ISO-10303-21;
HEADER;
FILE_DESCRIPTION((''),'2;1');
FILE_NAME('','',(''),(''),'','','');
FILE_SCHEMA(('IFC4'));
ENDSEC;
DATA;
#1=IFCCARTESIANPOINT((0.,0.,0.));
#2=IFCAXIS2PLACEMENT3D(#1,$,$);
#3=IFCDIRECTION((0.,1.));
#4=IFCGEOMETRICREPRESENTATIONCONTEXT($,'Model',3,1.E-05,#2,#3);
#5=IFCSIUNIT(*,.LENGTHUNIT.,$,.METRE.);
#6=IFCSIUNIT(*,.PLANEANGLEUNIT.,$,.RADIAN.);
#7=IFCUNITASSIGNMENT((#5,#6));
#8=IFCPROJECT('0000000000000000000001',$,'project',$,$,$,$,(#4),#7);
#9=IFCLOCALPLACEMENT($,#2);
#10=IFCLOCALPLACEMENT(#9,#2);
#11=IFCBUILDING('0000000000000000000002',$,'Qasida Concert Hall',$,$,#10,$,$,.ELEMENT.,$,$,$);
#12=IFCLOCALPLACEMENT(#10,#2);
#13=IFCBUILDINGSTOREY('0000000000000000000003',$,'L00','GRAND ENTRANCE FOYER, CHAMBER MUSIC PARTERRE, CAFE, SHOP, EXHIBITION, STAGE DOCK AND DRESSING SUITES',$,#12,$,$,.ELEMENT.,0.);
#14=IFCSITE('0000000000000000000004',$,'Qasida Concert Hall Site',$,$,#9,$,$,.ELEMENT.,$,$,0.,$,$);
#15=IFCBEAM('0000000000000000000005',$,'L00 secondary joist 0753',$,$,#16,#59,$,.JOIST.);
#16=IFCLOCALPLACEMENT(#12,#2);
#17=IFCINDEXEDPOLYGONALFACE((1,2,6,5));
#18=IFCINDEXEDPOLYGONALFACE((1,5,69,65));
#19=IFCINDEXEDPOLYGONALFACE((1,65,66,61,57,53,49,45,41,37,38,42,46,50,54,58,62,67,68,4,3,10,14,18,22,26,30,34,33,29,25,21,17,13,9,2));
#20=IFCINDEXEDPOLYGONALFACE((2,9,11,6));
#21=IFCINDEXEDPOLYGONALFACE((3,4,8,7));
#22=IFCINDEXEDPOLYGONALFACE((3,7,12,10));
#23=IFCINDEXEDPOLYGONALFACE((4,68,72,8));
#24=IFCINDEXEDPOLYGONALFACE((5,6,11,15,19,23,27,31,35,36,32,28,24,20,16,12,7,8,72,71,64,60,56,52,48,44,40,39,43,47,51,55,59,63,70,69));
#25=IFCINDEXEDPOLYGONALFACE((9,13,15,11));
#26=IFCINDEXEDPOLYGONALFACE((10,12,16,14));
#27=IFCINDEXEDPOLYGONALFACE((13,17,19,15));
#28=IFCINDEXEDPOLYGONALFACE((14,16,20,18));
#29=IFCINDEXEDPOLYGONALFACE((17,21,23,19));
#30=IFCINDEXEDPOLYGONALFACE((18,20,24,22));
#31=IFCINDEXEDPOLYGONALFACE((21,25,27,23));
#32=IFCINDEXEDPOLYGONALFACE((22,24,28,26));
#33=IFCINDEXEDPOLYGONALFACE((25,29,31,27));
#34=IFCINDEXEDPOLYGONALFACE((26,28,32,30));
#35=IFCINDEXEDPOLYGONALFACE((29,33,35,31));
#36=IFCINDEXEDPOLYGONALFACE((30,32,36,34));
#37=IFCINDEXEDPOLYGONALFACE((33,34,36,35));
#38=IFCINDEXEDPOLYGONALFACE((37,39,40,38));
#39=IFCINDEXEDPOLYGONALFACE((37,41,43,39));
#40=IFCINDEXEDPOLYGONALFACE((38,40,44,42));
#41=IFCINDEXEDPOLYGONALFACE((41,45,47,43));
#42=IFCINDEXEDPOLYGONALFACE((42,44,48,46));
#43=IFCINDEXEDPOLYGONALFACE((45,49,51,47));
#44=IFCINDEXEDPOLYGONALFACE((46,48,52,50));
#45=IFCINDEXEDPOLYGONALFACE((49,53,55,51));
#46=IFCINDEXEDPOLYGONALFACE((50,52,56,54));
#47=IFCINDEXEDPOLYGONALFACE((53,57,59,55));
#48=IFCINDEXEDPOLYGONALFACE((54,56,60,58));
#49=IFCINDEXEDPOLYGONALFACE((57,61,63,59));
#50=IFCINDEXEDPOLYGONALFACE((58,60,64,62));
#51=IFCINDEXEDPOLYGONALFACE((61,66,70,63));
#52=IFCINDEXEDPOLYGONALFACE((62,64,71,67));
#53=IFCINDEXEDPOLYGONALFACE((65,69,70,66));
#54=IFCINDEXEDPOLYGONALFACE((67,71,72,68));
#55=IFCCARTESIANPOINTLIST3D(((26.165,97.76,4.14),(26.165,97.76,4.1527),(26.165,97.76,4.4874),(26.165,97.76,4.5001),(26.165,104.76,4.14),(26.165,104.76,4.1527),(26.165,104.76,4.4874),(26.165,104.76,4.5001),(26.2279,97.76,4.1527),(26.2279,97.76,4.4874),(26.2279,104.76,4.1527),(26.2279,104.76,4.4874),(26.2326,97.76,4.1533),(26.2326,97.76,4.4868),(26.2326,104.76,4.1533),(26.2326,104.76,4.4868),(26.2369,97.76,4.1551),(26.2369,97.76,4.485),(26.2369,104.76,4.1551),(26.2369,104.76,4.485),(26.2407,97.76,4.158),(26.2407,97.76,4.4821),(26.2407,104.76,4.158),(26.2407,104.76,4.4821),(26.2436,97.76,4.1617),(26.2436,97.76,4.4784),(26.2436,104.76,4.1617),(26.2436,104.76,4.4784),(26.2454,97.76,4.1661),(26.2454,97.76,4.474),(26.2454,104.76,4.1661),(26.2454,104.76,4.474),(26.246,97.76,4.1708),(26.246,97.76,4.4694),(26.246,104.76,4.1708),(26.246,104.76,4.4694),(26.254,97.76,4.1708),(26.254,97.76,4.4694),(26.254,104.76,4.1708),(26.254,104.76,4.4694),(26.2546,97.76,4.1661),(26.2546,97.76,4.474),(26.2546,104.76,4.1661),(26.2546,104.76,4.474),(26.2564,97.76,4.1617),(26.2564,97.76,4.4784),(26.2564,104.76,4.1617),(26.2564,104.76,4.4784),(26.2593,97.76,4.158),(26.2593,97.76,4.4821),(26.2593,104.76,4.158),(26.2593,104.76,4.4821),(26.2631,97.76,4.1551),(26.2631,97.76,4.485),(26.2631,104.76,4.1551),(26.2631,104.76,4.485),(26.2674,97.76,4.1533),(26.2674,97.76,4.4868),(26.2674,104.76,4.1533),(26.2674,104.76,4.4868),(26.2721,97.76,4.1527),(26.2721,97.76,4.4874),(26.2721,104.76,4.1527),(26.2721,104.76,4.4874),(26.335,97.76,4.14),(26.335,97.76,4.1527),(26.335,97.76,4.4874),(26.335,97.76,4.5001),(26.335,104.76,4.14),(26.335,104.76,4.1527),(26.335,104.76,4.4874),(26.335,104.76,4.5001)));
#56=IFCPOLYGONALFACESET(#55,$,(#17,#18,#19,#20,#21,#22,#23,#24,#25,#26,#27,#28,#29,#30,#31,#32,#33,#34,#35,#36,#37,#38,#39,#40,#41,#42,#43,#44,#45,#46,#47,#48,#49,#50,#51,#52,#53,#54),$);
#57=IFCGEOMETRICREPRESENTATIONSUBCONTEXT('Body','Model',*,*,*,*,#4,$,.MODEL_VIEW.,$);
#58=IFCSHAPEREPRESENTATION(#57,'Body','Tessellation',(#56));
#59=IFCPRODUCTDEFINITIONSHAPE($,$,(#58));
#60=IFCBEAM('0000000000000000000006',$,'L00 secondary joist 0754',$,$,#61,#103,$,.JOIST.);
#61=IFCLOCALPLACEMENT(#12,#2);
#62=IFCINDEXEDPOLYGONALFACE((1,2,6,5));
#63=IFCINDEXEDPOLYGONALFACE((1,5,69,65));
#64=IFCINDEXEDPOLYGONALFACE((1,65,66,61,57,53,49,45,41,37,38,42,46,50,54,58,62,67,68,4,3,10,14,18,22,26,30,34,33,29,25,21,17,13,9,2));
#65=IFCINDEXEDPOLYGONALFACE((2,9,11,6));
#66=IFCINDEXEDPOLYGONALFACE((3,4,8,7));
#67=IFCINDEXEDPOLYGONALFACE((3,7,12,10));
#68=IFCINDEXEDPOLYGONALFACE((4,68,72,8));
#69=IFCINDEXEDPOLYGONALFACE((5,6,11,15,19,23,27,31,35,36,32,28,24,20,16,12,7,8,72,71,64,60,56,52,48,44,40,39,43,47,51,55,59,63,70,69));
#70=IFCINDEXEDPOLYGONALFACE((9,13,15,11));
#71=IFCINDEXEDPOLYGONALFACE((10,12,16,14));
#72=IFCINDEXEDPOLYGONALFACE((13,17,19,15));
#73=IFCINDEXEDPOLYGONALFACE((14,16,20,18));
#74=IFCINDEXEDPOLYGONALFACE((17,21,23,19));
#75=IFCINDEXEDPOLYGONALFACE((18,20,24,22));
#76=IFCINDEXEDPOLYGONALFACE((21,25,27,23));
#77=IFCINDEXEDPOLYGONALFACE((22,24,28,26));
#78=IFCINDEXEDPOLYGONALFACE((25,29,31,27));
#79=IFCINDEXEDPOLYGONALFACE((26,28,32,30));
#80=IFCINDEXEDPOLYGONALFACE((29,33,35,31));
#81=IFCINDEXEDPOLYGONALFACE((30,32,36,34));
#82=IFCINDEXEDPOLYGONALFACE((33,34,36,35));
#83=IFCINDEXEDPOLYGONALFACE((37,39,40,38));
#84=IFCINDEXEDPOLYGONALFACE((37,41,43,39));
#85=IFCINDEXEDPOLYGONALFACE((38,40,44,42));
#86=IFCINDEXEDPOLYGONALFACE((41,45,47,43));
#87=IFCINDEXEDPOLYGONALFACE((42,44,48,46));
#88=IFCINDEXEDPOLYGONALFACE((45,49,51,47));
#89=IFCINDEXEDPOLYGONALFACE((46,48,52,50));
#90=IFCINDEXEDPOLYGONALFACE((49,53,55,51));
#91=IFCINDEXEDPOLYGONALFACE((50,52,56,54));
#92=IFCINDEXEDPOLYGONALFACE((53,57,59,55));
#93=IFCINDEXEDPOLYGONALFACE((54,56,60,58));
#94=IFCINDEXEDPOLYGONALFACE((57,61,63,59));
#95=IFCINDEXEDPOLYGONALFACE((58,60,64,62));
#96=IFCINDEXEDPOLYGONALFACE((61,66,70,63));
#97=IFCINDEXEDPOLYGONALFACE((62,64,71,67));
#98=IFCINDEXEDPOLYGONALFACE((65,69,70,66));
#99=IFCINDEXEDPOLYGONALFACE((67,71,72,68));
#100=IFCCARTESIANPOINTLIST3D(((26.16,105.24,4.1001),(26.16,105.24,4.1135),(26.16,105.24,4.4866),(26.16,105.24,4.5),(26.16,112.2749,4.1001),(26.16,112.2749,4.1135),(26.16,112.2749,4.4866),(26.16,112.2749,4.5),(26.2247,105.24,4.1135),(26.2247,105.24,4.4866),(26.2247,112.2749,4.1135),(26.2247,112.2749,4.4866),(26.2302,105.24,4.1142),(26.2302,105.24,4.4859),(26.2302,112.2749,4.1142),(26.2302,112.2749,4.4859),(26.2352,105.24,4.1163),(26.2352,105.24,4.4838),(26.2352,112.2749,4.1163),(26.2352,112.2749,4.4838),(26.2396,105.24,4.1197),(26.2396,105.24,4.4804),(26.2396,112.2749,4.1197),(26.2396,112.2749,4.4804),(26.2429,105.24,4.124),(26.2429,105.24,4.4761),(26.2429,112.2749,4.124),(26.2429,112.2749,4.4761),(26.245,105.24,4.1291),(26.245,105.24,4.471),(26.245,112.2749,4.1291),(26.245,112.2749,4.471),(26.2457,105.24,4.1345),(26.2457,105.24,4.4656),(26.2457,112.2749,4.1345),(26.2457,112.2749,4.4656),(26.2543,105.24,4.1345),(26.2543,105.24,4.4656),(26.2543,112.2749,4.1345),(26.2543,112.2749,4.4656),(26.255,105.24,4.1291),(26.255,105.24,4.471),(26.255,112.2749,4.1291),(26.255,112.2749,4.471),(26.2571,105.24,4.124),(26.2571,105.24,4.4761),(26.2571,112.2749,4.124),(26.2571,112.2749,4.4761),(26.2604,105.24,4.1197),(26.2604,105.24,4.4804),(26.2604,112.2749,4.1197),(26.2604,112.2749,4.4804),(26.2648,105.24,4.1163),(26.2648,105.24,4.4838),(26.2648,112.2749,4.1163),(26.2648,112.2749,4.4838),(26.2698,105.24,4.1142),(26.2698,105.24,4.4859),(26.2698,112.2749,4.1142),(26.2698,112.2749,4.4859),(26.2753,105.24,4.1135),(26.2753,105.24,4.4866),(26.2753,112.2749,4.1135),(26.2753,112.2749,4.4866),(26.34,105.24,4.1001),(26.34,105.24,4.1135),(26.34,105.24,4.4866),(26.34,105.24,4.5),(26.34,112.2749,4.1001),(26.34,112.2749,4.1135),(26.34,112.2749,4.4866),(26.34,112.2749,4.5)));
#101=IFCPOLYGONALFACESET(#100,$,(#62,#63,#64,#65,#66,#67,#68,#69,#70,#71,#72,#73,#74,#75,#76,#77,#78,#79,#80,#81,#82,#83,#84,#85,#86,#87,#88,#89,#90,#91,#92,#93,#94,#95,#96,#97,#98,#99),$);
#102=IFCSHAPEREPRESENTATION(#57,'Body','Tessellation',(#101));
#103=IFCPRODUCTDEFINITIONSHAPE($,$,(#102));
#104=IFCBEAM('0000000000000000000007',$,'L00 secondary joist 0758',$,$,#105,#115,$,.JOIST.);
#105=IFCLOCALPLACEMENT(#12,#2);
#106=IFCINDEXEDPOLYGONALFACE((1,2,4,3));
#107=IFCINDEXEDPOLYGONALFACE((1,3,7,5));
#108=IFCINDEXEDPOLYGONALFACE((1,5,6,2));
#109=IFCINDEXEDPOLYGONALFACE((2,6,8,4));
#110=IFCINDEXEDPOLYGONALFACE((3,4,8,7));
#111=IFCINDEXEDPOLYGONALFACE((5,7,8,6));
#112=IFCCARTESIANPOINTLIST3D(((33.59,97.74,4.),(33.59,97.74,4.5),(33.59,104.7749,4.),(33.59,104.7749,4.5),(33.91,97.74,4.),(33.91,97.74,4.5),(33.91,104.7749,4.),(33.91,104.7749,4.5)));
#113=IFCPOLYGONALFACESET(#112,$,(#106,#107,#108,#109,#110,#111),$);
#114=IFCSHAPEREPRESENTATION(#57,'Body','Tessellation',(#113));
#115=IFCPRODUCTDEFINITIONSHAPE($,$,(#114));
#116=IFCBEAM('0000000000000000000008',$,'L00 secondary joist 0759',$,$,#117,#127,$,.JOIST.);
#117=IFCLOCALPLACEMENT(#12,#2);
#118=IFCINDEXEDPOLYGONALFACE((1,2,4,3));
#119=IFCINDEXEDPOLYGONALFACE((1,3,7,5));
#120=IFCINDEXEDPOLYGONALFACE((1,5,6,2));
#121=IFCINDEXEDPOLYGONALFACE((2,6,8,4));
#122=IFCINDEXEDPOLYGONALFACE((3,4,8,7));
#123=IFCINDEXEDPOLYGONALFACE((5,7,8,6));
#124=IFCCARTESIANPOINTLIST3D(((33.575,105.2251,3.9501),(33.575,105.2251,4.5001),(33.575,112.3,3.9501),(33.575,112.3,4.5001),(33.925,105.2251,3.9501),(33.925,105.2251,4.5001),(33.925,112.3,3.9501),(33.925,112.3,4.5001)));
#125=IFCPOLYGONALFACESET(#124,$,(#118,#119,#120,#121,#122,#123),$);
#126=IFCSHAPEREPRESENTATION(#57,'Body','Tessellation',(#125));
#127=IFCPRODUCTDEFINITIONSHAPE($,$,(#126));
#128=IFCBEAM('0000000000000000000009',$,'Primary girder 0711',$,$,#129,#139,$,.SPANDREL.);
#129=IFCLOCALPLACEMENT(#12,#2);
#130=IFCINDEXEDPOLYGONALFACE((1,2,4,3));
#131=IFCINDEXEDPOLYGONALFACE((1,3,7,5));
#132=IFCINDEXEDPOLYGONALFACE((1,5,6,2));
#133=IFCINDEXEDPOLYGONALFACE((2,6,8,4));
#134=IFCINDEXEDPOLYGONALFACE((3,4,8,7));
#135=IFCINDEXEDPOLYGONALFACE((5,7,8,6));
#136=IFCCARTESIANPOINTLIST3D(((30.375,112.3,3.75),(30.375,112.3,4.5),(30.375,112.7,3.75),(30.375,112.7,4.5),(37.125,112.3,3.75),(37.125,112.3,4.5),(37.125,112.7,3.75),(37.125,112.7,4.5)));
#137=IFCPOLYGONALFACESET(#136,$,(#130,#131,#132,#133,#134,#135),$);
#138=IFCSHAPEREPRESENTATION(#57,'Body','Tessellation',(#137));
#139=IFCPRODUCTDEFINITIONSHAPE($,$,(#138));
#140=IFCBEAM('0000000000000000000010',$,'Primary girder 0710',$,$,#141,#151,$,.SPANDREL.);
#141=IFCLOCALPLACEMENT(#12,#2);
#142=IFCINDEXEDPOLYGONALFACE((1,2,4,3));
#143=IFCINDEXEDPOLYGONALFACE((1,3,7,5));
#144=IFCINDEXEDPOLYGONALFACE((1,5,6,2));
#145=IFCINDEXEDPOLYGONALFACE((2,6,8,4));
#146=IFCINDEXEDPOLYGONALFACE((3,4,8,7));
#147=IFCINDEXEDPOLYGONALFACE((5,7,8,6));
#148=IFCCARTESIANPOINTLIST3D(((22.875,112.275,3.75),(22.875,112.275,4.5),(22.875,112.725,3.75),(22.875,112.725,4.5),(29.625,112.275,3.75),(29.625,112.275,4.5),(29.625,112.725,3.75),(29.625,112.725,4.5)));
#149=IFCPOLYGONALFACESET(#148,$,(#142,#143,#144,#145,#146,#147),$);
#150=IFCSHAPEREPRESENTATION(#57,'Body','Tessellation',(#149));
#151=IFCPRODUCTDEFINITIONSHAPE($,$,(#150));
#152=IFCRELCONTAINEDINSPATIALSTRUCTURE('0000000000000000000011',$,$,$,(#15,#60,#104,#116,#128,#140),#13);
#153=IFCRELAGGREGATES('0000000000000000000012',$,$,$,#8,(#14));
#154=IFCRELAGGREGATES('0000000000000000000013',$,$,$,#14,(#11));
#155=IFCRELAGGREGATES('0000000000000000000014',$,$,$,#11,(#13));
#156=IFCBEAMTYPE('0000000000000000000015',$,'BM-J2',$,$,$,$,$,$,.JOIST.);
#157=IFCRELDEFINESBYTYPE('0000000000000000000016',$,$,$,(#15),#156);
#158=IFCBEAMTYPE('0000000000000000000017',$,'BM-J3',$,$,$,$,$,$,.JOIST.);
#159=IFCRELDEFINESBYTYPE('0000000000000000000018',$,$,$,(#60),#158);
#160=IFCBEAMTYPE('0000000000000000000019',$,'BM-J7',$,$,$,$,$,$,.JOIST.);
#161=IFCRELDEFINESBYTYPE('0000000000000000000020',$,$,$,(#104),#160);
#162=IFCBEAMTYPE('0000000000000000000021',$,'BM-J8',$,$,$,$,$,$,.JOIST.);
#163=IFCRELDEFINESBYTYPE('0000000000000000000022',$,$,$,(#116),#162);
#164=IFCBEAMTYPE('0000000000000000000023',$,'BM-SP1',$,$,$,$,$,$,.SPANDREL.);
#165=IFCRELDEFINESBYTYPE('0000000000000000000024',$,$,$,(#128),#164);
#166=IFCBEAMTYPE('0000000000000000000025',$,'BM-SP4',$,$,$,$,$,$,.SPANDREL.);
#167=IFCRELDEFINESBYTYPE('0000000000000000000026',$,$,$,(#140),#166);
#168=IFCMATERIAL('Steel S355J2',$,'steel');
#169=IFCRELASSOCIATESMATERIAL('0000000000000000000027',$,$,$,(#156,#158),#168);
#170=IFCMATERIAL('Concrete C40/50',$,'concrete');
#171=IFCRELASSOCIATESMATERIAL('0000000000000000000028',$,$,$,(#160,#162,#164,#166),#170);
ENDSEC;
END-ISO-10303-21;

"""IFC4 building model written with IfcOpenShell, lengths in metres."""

from ifc_helpers import new_model, si_unit, direction, frame, origin, origin_2d, place, context, subcontext, project, spatial, rectangle, i_section, extrude, material, material_profile, profile_set, type_object, element, save


model = new_model("IFC4")

# Units and contexts
model_context = context("Model", 3, precision=1e-05, world=origin(), true_north=direction((0.0, 1.0)))
body_context = subcontext(model_context, "Body", "Model", "MODEL_VIEW")
ifc_project = project(units=[si_unit("LENGTHUNIT", "METRE"), si_unit("PLANEANGLEUNIT", "RADIAN")], contexts=[model_context])

# Site, building, storey
site_placement = place(None, origin())
site = spatial("IfcSite", under=ifc_project, at=site_placement, Name="Qasida Concert Hall Site", CompositionType="ELEMENT", RefElevation=0.0)
building_placement = place(site_placement, origin())
building = spatial("IfcBuilding", under=site, at=building_placement, Name="Qasida Concert Hall", CompositionType="ELEMENT")
storey_placement = place(building_placement, origin())
storey = spatial("IfcBuildingStorey", under=building, at=storey_placement, Name="L00", Description="GRAND ENTRANCE FOYER, CHAMBER MUSIC PARTERRE, CAFE, SHOP, EXHIBITION, STAGE DOCK AND DRESSING SUITES", CompositionType="ELEMENT", Elevation=0.0)

# Beams
ifc_material_1 = material(Name="Concrete C40/50", Category="concrete")
ifc_material_2 = material(Name="Steel S355J2", Category="steel")
ifc_material_profile_1 = material_profile(ifc_material_2, i_section(OverallWidth=0.1699, OverallDepth=0.3601, WebThickness=0.0081, FlangeThickness=0.0127, FilletRadius=0.0181, at=origin_2d()), Name="IPE 360")
ifc_profile_set_1 = profile_set([ifc_material_profile_1], Name="Steel S355J2")
beam_type_1 = type_object("IfcBeamType", Name="BM-J2", PredefinedType="JOIST", material=ifc_profile_set_1)
beam_1_placement = place(storey_placement, frame((26.25, 97.76, 4.3201), z_axis=(0.0, 1.0, 0.0), x_axis=(-1.0, 0.0, 0.0)))
element("IfcBeam", 1, at=beam_1_placement, inside=storey, type_object=beam_type_1, Name="L00 secondary joist 0753", PredefinedType="JOIST", context=body_context, shape_type="SweptSolid", body=[
    extrude(i_section(OverallWidth=0.1699, OverallDepth=0.3601, WebThickness=0.0081, FlangeThickness=0.0127, FilletRadius=0.0181, at=origin_2d()), origin(), (0.0, 0.0, 1.0), 7.0),
])
ifc_material_profile_2 = material_profile(ifc_material_2, i_section(OverallWidth=0.1799, OverallDepth=0.3999, WebThickness=0.0085, FlangeThickness=0.0134, FilletRadius=0.021, at=origin_2d()), Name="IPE 400")
ifc_profile_set_2 = profile_set([ifc_material_profile_2], Name="Steel S355J2")
beam_type_2 = type_object("IfcBeamType", Name="BM-J3", PredefinedType="JOIST", material=ifc_profile_set_2)
beam_2_placement = place(storey_placement, frame((26.25, 105.24, 4.3), z_axis=(0.0, 1.0, 0.0), x_axis=(-1.0, 0.0, 0.0)))
element("IfcBeam", 2, at=beam_2_placement, inside=storey, type_object=beam_type_2, Name="L00 secondary joist 0754", PredefinedType="JOIST", context=body_context, shape_type="SweptSolid", body=[
    extrude(i_section(OverallWidth=0.1799, OverallDepth=0.3999, WebThickness=0.0085, FlangeThickness=0.0134, FilletRadius=0.021, at=origin_2d()), origin(), (0.0, 0.0, 1.0), 7.0349),
])
ifc_material_profile_3 = material_profile(ifc_material_1, rectangle(XDim=0.3201, YDim=0.5, at=origin_2d()), Name="RC 320x500")
ifc_profile_set_3 = profile_set([ifc_material_profile_3], Name="Concrete C40/50")
beam_type_3 = type_object("IfcBeamType", Name="BM-J7", PredefinedType="JOIST", material=ifc_profile_set_3)
beam_3_placement = place(storey_placement, frame((33.75, 97.74, 4.25), z_axis=(0.0, 1.0, 0.0), x_axis=(-1.0, 0.0, 0.0)))
element("IfcBeam", 3, at=beam_3_placement, inside=storey, type_object=beam_type_3, Name="L00 secondary joist 0758", PredefinedType="JOIST", context=body_context, shape_type="SweptSolid", body=[
    extrude(rectangle(XDim=0.3201, YDim=0.5, at=origin_2d()), origin(), (0.0, 0.0, 1.0), 7.0349),
])
ifc_material_profile_4 = material_profile(ifc_material_1, rectangle(XDim=0.3501, YDim=0.55, at=origin_2d()), Name="RC 350x550")
ifc_profile_set_4 = profile_set([ifc_material_profile_4], Name="Concrete C40/50")
beam_type_4 = type_object("IfcBeamType", Name="BM-J8", PredefinedType="JOIST", material=ifc_profile_set_4)
beam_4_placement = place(storey_placement, frame((33.75, 105.2251, 4.2251), z_axis=(0.0, 1.0, 0.0), x_axis=(-1.0, 0.0, 0.0)))
element("IfcBeam", 4, at=beam_4_placement, inside=storey, type_object=beam_type_4, Name="L00 secondary joist 0759", PredefinedType="JOIST", context=body_context, shape_type="SweptSolid", body=[
    extrude(rectangle(XDim=0.3501, YDim=0.55, at=origin_2d()), origin(), (0.0, 0.0, 1.0), 7.075),
])
ifc_material_profile_5 = material_profile(ifc_material_1, rectangle(XDim=0.3999, YDim=0.75, at=origin_2d()), Name="RC 400x750")
ifc_profile_set_5 = profile_set([ifc_material_profile_5], Name="Concrete C40/50")
beam_type_5 = type_object("IfcBeamType", Name="BM-SP1", PredefinedType="SPANDREL", material=ifc_profile_set_5)
beam_5_placement = place(storey_placement, frame((30.375, 112.5, 4.125), z_axis=(1.0, 0.0, 0.0), x_axis=(0.0, 1.0, 0.0)))
element("IfcBeam", 5, at=beam_5_placement, inside=storey, type_object=beam_type_5, Name="Primary girder 0711", PredefinedType="SPANDREL", context=body_context, shape_type="SweptSolid", body=[
    extrude(rectangle(XDim=0.3999, YDim=0.75, at=origin_2d()), origin(), (0.0, 0.0, 1.0), 6.75),
])
ifc_material_profile_6 = material_profile(ifc_material_1, rectangle(XDim=0.45, YDim=0.75, at=origin_2d()), Name="RC 450x750")
ifc_profile_set_6 = profile_set([ifc_material_profile_6], Name="Concrete C40/50")
beam_type_6 = type_object("IfcBeamType", Name="BM-SP4", PredefinedType="SPANDREL", material=ifc_profile_set_6)
beam_6_placement = place(storey_placement, frame((22.875, 112.5, 4.125), z_axis=(1.0, 0.0, 0.0), x_axis=(0.0, 1.0, 0.0)))
element("IfcBeam", 6, at=beam_6_placement, inside=storey, type_object=beam_type_6, Name="Primary girder 0710", PredefinedType="SPANDREL", context=body_context, shape_type="SweptSolid", body=[
    extrude(rectangle(XDim=0.45, YDim=0.75, at=origin_2d()), origin(), (0.0, 0.0, 1.0), 6.75),
])

save(model, "model.ifc")
